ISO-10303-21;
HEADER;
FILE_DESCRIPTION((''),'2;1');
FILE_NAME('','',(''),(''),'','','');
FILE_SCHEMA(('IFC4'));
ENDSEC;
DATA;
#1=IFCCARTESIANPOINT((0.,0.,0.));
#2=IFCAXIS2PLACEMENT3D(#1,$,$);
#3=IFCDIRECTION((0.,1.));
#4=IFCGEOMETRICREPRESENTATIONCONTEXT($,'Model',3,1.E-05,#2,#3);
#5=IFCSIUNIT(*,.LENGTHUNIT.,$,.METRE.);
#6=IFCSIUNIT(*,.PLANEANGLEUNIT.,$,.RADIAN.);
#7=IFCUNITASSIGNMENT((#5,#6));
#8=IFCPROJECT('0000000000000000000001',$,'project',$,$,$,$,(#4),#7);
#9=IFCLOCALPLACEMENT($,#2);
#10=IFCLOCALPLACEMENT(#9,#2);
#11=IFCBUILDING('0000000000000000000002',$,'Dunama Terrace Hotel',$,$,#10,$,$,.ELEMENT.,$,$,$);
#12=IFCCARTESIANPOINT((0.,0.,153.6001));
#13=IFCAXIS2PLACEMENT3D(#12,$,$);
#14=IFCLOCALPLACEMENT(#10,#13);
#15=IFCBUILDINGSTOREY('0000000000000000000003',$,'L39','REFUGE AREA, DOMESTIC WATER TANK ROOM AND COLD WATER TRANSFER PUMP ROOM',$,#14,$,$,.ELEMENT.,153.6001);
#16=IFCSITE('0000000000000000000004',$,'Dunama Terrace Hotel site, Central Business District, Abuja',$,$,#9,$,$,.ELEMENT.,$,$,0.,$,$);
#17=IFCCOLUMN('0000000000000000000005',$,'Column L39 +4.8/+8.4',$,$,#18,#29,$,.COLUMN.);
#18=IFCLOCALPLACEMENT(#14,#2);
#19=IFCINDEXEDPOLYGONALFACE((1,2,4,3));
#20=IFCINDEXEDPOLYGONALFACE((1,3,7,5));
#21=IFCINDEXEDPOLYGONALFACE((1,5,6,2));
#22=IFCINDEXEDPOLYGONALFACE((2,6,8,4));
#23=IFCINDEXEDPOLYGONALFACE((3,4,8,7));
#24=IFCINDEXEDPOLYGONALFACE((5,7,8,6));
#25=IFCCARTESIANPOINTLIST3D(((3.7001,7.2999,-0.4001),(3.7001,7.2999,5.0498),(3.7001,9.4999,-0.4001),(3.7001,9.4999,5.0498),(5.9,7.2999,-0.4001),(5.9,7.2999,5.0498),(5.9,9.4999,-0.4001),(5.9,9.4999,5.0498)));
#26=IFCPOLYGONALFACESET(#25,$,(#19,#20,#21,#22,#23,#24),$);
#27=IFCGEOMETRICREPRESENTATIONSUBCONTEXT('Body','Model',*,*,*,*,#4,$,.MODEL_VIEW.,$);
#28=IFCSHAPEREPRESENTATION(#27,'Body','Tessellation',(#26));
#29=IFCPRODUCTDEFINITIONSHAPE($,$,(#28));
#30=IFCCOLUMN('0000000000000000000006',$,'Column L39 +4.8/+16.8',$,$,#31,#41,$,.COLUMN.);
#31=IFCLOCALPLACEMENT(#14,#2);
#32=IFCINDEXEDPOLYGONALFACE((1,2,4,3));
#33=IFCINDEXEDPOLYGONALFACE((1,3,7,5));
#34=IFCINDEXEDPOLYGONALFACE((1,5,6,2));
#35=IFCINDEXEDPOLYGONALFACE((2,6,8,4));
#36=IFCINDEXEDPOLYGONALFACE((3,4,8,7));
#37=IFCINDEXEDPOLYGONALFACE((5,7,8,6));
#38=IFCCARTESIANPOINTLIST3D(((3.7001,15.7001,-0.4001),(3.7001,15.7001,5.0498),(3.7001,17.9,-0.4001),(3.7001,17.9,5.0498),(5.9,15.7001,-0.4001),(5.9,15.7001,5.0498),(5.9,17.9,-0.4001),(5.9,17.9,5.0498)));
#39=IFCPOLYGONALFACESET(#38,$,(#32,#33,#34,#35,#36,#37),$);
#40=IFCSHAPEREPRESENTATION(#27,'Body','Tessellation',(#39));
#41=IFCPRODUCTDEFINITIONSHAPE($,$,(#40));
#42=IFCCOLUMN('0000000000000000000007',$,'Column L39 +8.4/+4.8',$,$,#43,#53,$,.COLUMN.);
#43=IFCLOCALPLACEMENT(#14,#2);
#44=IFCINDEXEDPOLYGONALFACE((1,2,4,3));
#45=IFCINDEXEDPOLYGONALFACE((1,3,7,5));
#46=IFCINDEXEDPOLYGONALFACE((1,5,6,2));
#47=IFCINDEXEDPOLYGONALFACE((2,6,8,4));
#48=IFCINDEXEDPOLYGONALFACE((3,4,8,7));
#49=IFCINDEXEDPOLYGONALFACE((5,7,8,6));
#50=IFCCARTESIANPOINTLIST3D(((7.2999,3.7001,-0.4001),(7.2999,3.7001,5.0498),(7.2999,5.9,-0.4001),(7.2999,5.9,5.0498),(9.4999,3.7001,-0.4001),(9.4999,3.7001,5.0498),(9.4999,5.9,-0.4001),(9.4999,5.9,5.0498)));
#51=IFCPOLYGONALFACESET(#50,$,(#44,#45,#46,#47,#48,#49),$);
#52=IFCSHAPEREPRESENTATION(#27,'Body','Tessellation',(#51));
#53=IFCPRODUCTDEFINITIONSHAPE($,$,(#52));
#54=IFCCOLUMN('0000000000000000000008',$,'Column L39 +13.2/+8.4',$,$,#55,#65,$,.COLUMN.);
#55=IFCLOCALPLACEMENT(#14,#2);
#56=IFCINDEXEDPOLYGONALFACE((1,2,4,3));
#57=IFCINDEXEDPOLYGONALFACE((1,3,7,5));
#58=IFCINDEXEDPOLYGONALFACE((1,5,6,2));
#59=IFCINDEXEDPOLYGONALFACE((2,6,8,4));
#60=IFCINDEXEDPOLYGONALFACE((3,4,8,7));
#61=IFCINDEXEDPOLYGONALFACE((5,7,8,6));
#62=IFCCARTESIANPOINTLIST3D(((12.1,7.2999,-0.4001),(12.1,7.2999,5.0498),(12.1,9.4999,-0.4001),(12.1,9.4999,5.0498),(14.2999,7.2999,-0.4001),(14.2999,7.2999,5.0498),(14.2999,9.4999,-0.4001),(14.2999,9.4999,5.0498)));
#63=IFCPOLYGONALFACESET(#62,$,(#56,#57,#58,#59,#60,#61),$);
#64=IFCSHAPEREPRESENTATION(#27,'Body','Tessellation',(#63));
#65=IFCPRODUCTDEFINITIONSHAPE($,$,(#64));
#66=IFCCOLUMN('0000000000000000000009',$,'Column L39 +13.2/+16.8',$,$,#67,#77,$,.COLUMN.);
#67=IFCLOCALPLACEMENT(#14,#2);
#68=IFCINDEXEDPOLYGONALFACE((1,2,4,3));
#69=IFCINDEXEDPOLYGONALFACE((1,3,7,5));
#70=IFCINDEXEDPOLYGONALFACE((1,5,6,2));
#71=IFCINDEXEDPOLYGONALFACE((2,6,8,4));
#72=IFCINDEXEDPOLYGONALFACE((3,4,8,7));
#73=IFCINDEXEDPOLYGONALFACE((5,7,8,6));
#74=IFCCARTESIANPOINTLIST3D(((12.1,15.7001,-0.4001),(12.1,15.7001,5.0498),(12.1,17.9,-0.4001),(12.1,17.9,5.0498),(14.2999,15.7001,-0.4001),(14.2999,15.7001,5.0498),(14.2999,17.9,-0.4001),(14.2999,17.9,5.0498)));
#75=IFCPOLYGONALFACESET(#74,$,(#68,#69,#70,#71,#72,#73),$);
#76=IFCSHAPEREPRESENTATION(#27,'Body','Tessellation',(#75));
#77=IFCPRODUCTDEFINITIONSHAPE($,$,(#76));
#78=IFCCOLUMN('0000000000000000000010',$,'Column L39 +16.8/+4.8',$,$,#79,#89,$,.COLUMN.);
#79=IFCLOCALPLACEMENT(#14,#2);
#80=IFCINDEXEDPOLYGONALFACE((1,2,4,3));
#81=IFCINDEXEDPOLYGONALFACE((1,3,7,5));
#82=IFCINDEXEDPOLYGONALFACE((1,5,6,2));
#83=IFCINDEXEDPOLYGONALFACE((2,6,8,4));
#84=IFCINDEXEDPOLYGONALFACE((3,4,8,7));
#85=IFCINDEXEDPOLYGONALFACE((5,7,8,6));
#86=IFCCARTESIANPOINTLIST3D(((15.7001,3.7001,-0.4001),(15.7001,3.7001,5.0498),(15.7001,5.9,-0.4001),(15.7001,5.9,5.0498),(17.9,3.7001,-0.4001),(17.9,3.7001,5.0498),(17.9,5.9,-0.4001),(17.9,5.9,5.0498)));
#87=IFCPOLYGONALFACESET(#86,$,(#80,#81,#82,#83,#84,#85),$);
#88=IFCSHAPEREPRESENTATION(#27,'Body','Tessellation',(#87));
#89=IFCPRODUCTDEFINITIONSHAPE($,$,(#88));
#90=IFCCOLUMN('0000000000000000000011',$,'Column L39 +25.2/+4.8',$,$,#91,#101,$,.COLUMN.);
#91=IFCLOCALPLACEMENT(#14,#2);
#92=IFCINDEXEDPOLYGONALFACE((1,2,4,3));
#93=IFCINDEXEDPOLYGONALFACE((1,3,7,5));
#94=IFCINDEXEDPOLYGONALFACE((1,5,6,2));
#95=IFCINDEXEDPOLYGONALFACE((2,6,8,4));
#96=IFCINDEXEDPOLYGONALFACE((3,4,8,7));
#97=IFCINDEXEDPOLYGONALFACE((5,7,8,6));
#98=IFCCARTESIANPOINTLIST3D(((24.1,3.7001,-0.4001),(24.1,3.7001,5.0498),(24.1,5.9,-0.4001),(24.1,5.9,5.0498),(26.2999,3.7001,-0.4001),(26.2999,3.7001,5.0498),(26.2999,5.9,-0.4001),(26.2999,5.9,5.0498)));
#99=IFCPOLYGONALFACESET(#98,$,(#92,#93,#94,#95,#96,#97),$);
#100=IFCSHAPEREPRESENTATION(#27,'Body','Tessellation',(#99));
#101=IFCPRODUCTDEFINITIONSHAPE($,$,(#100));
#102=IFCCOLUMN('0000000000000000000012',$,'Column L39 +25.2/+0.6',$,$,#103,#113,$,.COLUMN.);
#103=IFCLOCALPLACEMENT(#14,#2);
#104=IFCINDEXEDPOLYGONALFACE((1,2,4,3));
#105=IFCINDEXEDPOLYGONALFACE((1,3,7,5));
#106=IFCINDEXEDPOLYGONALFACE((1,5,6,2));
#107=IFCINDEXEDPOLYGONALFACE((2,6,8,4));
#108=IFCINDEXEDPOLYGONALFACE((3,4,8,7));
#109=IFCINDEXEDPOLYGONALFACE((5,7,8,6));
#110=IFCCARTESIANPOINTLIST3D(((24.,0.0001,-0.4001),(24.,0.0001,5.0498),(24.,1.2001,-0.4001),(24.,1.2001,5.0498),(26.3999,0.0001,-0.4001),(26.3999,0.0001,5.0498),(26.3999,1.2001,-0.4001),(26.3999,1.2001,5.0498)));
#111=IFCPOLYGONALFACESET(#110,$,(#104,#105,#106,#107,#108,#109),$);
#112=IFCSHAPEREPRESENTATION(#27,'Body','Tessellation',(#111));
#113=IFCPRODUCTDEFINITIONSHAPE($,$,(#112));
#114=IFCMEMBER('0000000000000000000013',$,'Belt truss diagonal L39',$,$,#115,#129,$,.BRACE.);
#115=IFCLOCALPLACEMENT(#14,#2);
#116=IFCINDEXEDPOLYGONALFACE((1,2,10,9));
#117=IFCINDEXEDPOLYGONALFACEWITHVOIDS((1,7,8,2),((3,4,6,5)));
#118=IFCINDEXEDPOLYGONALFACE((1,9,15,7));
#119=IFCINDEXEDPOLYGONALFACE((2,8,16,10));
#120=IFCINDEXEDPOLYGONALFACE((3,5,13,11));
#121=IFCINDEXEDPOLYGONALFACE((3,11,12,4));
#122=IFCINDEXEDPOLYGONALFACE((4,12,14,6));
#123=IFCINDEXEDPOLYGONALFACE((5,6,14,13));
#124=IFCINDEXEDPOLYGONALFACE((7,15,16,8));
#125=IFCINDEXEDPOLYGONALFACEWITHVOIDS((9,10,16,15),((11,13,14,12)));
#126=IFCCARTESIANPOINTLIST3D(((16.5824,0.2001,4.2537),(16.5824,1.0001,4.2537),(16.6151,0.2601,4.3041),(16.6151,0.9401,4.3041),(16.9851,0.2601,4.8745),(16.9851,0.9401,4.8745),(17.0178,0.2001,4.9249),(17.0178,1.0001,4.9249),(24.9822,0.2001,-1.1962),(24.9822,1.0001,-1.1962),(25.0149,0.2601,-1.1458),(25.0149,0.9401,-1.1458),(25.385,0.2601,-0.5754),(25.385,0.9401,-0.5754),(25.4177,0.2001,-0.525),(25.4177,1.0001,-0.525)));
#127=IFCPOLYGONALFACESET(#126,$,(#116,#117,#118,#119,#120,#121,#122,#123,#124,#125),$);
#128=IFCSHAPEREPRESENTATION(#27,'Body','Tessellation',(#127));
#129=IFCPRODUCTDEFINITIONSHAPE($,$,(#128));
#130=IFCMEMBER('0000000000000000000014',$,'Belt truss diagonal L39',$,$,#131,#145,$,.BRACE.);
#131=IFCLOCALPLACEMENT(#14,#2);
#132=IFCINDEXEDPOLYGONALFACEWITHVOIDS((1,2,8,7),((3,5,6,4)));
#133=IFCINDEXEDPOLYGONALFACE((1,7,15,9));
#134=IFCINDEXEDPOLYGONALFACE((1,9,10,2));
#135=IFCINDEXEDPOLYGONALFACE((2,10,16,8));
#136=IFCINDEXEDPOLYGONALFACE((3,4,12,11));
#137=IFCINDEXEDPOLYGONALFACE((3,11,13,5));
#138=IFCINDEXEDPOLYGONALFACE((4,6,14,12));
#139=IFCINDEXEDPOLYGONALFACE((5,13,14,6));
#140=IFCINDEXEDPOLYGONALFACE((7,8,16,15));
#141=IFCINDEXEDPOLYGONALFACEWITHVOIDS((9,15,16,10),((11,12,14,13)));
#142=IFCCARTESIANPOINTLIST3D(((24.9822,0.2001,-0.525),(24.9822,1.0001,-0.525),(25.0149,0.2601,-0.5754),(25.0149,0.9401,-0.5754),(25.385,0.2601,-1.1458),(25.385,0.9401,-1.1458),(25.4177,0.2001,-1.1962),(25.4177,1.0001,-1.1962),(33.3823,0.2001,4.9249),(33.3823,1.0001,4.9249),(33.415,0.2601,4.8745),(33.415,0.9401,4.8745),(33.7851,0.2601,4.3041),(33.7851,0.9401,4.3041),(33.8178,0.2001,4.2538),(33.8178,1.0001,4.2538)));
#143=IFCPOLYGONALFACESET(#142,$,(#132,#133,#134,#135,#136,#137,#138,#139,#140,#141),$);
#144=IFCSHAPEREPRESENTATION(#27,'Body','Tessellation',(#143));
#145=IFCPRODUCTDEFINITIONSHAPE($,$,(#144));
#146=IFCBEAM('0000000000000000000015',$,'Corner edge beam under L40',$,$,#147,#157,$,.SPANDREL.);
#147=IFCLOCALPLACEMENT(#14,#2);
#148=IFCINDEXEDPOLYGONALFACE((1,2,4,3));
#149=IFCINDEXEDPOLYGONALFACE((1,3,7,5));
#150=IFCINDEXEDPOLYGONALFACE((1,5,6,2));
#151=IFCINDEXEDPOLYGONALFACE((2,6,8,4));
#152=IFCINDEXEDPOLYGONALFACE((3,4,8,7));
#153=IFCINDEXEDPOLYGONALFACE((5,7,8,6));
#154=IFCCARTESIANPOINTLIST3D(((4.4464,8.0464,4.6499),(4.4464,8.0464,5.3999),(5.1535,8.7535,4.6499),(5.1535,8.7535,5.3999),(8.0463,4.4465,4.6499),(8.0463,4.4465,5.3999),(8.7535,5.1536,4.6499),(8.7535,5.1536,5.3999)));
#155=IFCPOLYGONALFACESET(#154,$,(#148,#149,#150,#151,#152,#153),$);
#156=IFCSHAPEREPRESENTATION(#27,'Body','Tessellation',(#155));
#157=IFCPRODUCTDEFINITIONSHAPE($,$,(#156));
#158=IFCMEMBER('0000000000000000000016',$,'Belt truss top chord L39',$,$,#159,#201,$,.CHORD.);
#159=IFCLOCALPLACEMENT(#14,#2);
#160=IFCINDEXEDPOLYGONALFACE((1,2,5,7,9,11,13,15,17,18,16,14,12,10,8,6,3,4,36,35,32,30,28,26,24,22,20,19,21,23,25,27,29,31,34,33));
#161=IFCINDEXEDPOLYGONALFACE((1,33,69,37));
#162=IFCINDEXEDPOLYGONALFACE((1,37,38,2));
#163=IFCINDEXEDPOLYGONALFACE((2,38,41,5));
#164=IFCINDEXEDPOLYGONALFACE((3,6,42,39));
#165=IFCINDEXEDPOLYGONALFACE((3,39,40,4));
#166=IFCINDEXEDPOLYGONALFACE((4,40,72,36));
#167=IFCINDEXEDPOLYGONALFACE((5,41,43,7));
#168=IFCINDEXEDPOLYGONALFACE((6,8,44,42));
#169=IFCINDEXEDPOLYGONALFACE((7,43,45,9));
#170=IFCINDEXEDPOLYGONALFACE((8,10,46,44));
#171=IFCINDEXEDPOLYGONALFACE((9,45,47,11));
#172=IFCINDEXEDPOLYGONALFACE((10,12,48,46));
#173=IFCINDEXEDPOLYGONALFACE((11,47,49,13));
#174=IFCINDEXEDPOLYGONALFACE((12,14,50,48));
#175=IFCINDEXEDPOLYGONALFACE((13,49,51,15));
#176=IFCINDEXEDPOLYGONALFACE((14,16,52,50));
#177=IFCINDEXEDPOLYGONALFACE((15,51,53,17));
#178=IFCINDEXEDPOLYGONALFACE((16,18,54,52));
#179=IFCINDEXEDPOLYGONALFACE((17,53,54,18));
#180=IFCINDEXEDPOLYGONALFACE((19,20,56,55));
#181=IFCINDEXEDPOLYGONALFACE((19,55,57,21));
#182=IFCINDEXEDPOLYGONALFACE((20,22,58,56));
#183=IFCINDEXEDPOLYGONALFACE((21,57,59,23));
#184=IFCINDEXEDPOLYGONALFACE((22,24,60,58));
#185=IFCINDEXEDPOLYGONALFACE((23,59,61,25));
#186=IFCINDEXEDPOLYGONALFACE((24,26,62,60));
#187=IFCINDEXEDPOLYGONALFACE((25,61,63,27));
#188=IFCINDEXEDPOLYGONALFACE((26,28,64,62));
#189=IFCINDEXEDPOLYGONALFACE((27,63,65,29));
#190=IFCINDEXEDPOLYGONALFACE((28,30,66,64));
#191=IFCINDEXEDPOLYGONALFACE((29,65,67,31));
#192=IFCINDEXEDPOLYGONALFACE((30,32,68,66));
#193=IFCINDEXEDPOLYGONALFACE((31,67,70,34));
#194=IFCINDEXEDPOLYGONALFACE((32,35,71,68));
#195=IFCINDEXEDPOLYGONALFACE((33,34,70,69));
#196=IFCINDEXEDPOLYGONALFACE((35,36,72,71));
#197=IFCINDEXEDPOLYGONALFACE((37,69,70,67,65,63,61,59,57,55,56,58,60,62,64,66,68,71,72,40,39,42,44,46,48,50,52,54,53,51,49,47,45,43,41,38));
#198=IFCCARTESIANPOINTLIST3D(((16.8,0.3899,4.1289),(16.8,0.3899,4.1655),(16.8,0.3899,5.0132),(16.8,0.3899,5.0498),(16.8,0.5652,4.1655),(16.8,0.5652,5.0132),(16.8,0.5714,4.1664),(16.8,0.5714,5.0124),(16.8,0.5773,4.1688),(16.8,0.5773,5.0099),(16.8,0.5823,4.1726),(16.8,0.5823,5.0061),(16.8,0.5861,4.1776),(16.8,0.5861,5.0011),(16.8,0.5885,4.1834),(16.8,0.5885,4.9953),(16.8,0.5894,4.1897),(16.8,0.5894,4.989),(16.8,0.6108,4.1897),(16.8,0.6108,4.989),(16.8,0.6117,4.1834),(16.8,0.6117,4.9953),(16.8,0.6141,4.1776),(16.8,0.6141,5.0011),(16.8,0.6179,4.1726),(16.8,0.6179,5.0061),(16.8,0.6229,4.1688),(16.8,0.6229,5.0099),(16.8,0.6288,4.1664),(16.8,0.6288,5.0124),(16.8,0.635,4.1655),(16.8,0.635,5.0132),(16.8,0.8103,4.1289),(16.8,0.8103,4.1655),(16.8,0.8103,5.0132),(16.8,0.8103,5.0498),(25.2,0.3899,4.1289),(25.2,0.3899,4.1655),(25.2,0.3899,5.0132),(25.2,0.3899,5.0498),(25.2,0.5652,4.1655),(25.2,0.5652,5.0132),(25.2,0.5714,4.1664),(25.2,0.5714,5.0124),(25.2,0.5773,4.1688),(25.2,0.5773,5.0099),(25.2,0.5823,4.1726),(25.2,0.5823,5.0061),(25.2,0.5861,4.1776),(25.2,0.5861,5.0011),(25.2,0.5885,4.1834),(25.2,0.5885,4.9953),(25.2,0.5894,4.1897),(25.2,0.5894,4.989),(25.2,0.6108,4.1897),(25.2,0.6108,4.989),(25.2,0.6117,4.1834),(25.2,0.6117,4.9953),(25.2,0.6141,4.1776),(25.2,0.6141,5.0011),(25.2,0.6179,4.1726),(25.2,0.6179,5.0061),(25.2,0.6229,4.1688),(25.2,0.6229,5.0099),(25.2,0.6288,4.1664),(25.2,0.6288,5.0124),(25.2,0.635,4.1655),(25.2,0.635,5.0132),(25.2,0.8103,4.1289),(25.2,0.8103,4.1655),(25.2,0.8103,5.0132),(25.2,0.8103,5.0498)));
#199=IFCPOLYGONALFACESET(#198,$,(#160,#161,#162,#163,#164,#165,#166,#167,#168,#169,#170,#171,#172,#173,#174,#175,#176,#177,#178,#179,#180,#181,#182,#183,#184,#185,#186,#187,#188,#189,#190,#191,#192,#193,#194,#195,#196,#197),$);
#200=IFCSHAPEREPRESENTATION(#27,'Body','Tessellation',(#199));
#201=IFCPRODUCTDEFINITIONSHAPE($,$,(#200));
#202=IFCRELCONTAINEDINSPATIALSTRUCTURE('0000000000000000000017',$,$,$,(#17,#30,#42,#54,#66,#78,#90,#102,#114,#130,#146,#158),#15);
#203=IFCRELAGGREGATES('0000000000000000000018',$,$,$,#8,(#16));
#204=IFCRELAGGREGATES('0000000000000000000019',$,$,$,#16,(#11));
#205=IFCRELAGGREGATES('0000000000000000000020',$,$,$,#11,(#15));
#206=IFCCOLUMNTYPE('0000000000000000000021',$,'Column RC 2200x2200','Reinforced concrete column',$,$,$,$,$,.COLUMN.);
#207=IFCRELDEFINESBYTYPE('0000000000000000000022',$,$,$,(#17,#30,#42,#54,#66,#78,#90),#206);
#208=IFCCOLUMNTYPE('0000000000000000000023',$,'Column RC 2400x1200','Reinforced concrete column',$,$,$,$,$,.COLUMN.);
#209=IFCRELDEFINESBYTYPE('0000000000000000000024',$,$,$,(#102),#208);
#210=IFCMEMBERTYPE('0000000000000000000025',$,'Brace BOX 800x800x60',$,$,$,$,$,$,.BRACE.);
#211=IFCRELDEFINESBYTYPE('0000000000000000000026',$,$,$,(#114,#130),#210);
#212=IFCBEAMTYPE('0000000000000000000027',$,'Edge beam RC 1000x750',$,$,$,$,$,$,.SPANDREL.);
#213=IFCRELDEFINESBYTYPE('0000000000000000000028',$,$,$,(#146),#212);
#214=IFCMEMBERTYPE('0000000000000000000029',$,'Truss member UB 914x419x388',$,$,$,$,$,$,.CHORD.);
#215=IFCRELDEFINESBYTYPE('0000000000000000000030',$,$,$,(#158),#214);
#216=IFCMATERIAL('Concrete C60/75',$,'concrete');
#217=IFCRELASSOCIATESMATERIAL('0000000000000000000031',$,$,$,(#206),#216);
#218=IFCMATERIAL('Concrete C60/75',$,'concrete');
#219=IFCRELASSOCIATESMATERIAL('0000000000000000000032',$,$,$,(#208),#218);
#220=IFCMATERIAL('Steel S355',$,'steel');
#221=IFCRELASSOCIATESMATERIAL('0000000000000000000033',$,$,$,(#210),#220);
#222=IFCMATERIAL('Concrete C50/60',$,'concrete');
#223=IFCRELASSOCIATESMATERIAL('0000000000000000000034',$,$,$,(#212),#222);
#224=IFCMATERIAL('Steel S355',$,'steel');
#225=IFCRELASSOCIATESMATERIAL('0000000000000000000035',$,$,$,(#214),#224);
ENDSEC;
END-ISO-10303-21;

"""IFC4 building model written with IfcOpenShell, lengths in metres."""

from ifc_helpers import new_model, si_unit, direction, frame, origin, origin_2d, place, context, subcontext, project, spatial, rectangle, hollow_rectangle, i_section, extrude, material, material_profile, profile_set, type_object, element, save


model = new_model("IFC4")

# Units and contexts
model_context = context("Model", 3, precision=1e-05, world=origin(), true_north=direction((0.0, 1.0)))
body_context = subcontext(model_context, "Body", "Model", "MODEL_VIEW")
ifc_project = project(units=[si_unit("LENGTHUNIT", "METRE"), si_unit("PLANEANGLEUNIT", "RADIAN")], contexts=[model_context])

# Site, building, storey
site_placement = place(None, origin())
site = spatial("IfcSite", under=ifc_project, at=site_placement, Name="Dunama Terrace Hotel site, Central Business District, Abuja", CompositionType="ELEMENT", RefElevation=0.0)
building_placement = place(site_placement, origin())
building = spatial("IfcBuilding", under=site, at=building_placement, Name="Dunama Terrace Hotel", CompositionType="ELEMENT")
storey_placement = place(building_placement, frame((0.0, 0.0, 153.6001)))
storey = spatial("IfcBuildingStorey", under=building, at=storey_placement, Name="L39", Description="REFUGE AREA, DOMESTIC WATER TANK ROOM AND COLD WATER TRANSFER PUMP ROOM", CompositionType="ELEMENT", Elevation=153.6001)

# Columns
ifc_material_1 = material(Name="Concrete C60/75", Category="concrete")
ifc_material_profile_1 = material_profile(ifc_material_1, rectangle(XDim=2.2, YDim=2.2, at=origin_2d()), Name="RC 2200x2200")
ifc_profile_set_1 = profile_set([ifc_material_profile_1], Name="Concrete C60/75")
column_type_1 = type_object("IfcColumnType", Name="Column RC 2200x2200", Description="Reinforced concrete column", PredefinedType="COLUMN", material=ifc_profile_set_1)
for number, where, z_axis, x_axis, name in (
    (1, (4.8, 8.3999, -0.4001), (0.0, 0.0, 1.0), (1.0, 0.0, 0.0), "Column L39 +4.8/+8.4"),
    (2, (4.8, 16.8, -0.4001), (0.0, 0.0, 1.0), (1.0, 0.0, 0.0), "Column L39 +4.8/+16.8"),
    (3, (8.3999, 4.8, -0.4001), (0.0, 0.0, 1.0), (1.0, 0.0, 0.0), "Column L39 +8.4/+4.8"),
    (4, (13.2, 8.3999, -0.4001), (0.0, 0.0, 1.0), (1.0, 0.0, 0.0), "Column L39 +13.2/+8.4"),
    (5, (13.2, 16.8, -0.4001), (0.0, 0.0, 1.0), (1.0, 0.0, 0.0), "Column L39 +13.2/+16.8"),
    (6, (16.8, 4.8, -0.4001), (0.0, 0.0, 1.0), (1.0, 0.0, 0.0), "Column L39 +16.8/+4.8"),
    (7, (25.2, 4.8, -0.4001), (0.0, 0.0, 1.0), (1.0, 0.0, 0.0), "Column L39 +25.2/+4.8"),
):
    element("IfcColumn", number, at=place(storey_placement, frame(where, z_axis=z_axis, x_axis=x_axis)), inside=storey, type_object=column_type_1, Name=name, PredefinedType="COLUMN", context=body_context, shape_type="SweptSolid", body=[
        extrude(rectangle(XDim=2.2, YDim=2.2, at=origin_2d()), origin(), (0.0, 0.0, 1.0), 5.45),
    ])
ifc_material_2 = material(Name="Concrete C60/75", Category="concrete")
ifc_material_profile_2 = material_profile(ifc_material_2, rectangle(XDim=2.3999, YDim=1.2, at=origin_2d()), Name="RC 2400x1200")
ifc_profile_set_2 = profile_set([ifc_material_profile_2], Name="Concrete C60/75")
column_type_2 = type_object("IfcColumnType", Name="Column RC 2400x1200", Description="Reinforced concrete column", PredefinedType="COLUMN", material=ifc_profile_set_2)
column_placement = place(storey_placement, frame((25.2, 0.6001, -0.4001), z_axis=(0.0, 0.0, 1.0), x_axis=(1.0, 0.0, 0.0)))
element("IfcColumn", 8, at=column_placement, inside=storey, type_object=column_type_2, Name="Column L39 +25.2/+0.6", PredefinedType="COLUMN", context=body_context, shape_type="SweptSolid", body=[
    extrude(rectangle(XDim=2.3999, YDim=1.2, at=origin_2d()), origin(), (0.0, 0.0, 1.0), 5.45),
])

# Members
ifc_material_3 = material(Name="Steel S355", Category="steel")
ifc_material_profile_3 = material_profile(ifc_material_3, hollow_rectangle(XDim=0.8, YDim=0.8, WallThickness=0.0601, at=origin_2d()), Name="BOX 800x800x60")
ifc_profile_set_3 = profile_set([ifc_material_profile_3], Name="Steel S355")
member_type_1 = type_object("IfcMemberType", Name="Brace BOX 800x800x60", PredefinedType="BRACE", material=ifc_profile_set_3)
member_1_placement = place(storey_placement, frame((25.2, 0.6001, -0.8606), z_axis=(-0.838899, 0.0, 0.544287), x_axis=(0.0, -1.0, 0.0)))
element("IfcMember", 9, at=member_1_placement, inside=storey, type_object=member_type_1, Name="Belt truss diagonal L39", PredefinedType="BRACE", context=body_context, shape_type="SweptSolid", body=[
    extrude(hollow_rectangle(XDim=0.8, YDim=0.8, WallThickness=0.0601, at=origin_2d()), origin(), (0.0, 0.0, 1.0), 10.0129),
])
member_2_placement = place(storey_placement, frame((25.2, 0.6001, -0.8606), z_axis=(0.838906, 0.0, 0.544276), x_axis=(0.0, 1.0, 0.0)))
element("IfcMember", 10, at=member_2_placement, inside=storey, type_object=member_type_1, Name="Belt truss diagonal L39", PredefinedType="BRACE", context=body_context, shape_type="SweptSolid", body=[
    extrude(hollow_rectangle(XDim=0.8, YDim=0.8, WallThickness=0.0601, at=origin_2d()), origin(), (0.0, 0.0, 1.0), 10.0132),
])

# Beam
ifc_material_4 = material(Name="Concrete C50/60", Category="concrete")
ifc_material_profile_4 = material_profile(ifc_material_4, rectangle(XDim=1.0, YDim=0.75, at=origin_2d()), Name="RC 1000x750")
ifc_profile_set_4 = profile_set([ifc_material_profile_4], Name="Concrete C50/60")
beam_type = type_object("IfcBeamType", Name="Edge beam RC 1000x750", PredefinedType="SPANDREL", material=ifc_profile_set_4)
beam_placement = place(storey_placement, frame((8.3999, 4.8, 5.0249), z_axis=(-0.707107, 0.707107, 0.0), x_axis=(-0.707107, -0.707107, 0.0)))
element("IfcBeam", 11, at=beam_placement, inside=storey, type_object=beam_type, Name="Corner edge beam under L40", PredefinedType="SPANDREL", context=body_context, shape_type="SweptSolid", body=[
    extrude(rectangle(XDim=1.0, YDim=0.75, at=origin_2d()), origin(), (0.0, 0.0, 1.0), 5.0911),
])

# Member
ifc_material_5 = material(Name="Steel S355", Category="steel")
ifc_material_profile_5 = material_profile(ifc_material_5, i_section(OverallWidth=0.4204, OverallDepth=0.9209, WebThickness=0.0215, FlangeThickness=0.0366, FilletRadius=0.0242, at=origin_2d()), Name="UB 914x419x388")
ifc_profile_set_5 = profile_set([ifc_material_profile_5], Name="Steel S355")
member_type_2 = type_object("IfcMemberType", Name="Truss member UB 914x419x388", PredefinedType="CHORD", material=ifc_profile_set_5)
for number, where, z_axis, x_axis, name in (
    (12, (16.8, 0.6001, 4.5894), (1.0, 0.0, 0.0), (0.0, 1.0, 0.0), "Belt truss top chord L39"),
):
    element("IfcMember", number, at=place(storey_placement, frame(where, z_axis=z_axis, x_axis=x_axis)), inside=storey, type_object=member_type_2, Name=name, PredefinedType="CHORD", context=body_context, shape_type="SweptSolid", body=[
        extrude(i_section(OverallWidth=0.4204, OverallDepth=0.9209, WebThickness=0.0215, FlangeThickness=0.0366, FilletRadius=0.0242, at=origin_2d()), origin(), (0.0, 0.0, 1.0), 8.3999),
    ])

save(model, "model.ifc")
